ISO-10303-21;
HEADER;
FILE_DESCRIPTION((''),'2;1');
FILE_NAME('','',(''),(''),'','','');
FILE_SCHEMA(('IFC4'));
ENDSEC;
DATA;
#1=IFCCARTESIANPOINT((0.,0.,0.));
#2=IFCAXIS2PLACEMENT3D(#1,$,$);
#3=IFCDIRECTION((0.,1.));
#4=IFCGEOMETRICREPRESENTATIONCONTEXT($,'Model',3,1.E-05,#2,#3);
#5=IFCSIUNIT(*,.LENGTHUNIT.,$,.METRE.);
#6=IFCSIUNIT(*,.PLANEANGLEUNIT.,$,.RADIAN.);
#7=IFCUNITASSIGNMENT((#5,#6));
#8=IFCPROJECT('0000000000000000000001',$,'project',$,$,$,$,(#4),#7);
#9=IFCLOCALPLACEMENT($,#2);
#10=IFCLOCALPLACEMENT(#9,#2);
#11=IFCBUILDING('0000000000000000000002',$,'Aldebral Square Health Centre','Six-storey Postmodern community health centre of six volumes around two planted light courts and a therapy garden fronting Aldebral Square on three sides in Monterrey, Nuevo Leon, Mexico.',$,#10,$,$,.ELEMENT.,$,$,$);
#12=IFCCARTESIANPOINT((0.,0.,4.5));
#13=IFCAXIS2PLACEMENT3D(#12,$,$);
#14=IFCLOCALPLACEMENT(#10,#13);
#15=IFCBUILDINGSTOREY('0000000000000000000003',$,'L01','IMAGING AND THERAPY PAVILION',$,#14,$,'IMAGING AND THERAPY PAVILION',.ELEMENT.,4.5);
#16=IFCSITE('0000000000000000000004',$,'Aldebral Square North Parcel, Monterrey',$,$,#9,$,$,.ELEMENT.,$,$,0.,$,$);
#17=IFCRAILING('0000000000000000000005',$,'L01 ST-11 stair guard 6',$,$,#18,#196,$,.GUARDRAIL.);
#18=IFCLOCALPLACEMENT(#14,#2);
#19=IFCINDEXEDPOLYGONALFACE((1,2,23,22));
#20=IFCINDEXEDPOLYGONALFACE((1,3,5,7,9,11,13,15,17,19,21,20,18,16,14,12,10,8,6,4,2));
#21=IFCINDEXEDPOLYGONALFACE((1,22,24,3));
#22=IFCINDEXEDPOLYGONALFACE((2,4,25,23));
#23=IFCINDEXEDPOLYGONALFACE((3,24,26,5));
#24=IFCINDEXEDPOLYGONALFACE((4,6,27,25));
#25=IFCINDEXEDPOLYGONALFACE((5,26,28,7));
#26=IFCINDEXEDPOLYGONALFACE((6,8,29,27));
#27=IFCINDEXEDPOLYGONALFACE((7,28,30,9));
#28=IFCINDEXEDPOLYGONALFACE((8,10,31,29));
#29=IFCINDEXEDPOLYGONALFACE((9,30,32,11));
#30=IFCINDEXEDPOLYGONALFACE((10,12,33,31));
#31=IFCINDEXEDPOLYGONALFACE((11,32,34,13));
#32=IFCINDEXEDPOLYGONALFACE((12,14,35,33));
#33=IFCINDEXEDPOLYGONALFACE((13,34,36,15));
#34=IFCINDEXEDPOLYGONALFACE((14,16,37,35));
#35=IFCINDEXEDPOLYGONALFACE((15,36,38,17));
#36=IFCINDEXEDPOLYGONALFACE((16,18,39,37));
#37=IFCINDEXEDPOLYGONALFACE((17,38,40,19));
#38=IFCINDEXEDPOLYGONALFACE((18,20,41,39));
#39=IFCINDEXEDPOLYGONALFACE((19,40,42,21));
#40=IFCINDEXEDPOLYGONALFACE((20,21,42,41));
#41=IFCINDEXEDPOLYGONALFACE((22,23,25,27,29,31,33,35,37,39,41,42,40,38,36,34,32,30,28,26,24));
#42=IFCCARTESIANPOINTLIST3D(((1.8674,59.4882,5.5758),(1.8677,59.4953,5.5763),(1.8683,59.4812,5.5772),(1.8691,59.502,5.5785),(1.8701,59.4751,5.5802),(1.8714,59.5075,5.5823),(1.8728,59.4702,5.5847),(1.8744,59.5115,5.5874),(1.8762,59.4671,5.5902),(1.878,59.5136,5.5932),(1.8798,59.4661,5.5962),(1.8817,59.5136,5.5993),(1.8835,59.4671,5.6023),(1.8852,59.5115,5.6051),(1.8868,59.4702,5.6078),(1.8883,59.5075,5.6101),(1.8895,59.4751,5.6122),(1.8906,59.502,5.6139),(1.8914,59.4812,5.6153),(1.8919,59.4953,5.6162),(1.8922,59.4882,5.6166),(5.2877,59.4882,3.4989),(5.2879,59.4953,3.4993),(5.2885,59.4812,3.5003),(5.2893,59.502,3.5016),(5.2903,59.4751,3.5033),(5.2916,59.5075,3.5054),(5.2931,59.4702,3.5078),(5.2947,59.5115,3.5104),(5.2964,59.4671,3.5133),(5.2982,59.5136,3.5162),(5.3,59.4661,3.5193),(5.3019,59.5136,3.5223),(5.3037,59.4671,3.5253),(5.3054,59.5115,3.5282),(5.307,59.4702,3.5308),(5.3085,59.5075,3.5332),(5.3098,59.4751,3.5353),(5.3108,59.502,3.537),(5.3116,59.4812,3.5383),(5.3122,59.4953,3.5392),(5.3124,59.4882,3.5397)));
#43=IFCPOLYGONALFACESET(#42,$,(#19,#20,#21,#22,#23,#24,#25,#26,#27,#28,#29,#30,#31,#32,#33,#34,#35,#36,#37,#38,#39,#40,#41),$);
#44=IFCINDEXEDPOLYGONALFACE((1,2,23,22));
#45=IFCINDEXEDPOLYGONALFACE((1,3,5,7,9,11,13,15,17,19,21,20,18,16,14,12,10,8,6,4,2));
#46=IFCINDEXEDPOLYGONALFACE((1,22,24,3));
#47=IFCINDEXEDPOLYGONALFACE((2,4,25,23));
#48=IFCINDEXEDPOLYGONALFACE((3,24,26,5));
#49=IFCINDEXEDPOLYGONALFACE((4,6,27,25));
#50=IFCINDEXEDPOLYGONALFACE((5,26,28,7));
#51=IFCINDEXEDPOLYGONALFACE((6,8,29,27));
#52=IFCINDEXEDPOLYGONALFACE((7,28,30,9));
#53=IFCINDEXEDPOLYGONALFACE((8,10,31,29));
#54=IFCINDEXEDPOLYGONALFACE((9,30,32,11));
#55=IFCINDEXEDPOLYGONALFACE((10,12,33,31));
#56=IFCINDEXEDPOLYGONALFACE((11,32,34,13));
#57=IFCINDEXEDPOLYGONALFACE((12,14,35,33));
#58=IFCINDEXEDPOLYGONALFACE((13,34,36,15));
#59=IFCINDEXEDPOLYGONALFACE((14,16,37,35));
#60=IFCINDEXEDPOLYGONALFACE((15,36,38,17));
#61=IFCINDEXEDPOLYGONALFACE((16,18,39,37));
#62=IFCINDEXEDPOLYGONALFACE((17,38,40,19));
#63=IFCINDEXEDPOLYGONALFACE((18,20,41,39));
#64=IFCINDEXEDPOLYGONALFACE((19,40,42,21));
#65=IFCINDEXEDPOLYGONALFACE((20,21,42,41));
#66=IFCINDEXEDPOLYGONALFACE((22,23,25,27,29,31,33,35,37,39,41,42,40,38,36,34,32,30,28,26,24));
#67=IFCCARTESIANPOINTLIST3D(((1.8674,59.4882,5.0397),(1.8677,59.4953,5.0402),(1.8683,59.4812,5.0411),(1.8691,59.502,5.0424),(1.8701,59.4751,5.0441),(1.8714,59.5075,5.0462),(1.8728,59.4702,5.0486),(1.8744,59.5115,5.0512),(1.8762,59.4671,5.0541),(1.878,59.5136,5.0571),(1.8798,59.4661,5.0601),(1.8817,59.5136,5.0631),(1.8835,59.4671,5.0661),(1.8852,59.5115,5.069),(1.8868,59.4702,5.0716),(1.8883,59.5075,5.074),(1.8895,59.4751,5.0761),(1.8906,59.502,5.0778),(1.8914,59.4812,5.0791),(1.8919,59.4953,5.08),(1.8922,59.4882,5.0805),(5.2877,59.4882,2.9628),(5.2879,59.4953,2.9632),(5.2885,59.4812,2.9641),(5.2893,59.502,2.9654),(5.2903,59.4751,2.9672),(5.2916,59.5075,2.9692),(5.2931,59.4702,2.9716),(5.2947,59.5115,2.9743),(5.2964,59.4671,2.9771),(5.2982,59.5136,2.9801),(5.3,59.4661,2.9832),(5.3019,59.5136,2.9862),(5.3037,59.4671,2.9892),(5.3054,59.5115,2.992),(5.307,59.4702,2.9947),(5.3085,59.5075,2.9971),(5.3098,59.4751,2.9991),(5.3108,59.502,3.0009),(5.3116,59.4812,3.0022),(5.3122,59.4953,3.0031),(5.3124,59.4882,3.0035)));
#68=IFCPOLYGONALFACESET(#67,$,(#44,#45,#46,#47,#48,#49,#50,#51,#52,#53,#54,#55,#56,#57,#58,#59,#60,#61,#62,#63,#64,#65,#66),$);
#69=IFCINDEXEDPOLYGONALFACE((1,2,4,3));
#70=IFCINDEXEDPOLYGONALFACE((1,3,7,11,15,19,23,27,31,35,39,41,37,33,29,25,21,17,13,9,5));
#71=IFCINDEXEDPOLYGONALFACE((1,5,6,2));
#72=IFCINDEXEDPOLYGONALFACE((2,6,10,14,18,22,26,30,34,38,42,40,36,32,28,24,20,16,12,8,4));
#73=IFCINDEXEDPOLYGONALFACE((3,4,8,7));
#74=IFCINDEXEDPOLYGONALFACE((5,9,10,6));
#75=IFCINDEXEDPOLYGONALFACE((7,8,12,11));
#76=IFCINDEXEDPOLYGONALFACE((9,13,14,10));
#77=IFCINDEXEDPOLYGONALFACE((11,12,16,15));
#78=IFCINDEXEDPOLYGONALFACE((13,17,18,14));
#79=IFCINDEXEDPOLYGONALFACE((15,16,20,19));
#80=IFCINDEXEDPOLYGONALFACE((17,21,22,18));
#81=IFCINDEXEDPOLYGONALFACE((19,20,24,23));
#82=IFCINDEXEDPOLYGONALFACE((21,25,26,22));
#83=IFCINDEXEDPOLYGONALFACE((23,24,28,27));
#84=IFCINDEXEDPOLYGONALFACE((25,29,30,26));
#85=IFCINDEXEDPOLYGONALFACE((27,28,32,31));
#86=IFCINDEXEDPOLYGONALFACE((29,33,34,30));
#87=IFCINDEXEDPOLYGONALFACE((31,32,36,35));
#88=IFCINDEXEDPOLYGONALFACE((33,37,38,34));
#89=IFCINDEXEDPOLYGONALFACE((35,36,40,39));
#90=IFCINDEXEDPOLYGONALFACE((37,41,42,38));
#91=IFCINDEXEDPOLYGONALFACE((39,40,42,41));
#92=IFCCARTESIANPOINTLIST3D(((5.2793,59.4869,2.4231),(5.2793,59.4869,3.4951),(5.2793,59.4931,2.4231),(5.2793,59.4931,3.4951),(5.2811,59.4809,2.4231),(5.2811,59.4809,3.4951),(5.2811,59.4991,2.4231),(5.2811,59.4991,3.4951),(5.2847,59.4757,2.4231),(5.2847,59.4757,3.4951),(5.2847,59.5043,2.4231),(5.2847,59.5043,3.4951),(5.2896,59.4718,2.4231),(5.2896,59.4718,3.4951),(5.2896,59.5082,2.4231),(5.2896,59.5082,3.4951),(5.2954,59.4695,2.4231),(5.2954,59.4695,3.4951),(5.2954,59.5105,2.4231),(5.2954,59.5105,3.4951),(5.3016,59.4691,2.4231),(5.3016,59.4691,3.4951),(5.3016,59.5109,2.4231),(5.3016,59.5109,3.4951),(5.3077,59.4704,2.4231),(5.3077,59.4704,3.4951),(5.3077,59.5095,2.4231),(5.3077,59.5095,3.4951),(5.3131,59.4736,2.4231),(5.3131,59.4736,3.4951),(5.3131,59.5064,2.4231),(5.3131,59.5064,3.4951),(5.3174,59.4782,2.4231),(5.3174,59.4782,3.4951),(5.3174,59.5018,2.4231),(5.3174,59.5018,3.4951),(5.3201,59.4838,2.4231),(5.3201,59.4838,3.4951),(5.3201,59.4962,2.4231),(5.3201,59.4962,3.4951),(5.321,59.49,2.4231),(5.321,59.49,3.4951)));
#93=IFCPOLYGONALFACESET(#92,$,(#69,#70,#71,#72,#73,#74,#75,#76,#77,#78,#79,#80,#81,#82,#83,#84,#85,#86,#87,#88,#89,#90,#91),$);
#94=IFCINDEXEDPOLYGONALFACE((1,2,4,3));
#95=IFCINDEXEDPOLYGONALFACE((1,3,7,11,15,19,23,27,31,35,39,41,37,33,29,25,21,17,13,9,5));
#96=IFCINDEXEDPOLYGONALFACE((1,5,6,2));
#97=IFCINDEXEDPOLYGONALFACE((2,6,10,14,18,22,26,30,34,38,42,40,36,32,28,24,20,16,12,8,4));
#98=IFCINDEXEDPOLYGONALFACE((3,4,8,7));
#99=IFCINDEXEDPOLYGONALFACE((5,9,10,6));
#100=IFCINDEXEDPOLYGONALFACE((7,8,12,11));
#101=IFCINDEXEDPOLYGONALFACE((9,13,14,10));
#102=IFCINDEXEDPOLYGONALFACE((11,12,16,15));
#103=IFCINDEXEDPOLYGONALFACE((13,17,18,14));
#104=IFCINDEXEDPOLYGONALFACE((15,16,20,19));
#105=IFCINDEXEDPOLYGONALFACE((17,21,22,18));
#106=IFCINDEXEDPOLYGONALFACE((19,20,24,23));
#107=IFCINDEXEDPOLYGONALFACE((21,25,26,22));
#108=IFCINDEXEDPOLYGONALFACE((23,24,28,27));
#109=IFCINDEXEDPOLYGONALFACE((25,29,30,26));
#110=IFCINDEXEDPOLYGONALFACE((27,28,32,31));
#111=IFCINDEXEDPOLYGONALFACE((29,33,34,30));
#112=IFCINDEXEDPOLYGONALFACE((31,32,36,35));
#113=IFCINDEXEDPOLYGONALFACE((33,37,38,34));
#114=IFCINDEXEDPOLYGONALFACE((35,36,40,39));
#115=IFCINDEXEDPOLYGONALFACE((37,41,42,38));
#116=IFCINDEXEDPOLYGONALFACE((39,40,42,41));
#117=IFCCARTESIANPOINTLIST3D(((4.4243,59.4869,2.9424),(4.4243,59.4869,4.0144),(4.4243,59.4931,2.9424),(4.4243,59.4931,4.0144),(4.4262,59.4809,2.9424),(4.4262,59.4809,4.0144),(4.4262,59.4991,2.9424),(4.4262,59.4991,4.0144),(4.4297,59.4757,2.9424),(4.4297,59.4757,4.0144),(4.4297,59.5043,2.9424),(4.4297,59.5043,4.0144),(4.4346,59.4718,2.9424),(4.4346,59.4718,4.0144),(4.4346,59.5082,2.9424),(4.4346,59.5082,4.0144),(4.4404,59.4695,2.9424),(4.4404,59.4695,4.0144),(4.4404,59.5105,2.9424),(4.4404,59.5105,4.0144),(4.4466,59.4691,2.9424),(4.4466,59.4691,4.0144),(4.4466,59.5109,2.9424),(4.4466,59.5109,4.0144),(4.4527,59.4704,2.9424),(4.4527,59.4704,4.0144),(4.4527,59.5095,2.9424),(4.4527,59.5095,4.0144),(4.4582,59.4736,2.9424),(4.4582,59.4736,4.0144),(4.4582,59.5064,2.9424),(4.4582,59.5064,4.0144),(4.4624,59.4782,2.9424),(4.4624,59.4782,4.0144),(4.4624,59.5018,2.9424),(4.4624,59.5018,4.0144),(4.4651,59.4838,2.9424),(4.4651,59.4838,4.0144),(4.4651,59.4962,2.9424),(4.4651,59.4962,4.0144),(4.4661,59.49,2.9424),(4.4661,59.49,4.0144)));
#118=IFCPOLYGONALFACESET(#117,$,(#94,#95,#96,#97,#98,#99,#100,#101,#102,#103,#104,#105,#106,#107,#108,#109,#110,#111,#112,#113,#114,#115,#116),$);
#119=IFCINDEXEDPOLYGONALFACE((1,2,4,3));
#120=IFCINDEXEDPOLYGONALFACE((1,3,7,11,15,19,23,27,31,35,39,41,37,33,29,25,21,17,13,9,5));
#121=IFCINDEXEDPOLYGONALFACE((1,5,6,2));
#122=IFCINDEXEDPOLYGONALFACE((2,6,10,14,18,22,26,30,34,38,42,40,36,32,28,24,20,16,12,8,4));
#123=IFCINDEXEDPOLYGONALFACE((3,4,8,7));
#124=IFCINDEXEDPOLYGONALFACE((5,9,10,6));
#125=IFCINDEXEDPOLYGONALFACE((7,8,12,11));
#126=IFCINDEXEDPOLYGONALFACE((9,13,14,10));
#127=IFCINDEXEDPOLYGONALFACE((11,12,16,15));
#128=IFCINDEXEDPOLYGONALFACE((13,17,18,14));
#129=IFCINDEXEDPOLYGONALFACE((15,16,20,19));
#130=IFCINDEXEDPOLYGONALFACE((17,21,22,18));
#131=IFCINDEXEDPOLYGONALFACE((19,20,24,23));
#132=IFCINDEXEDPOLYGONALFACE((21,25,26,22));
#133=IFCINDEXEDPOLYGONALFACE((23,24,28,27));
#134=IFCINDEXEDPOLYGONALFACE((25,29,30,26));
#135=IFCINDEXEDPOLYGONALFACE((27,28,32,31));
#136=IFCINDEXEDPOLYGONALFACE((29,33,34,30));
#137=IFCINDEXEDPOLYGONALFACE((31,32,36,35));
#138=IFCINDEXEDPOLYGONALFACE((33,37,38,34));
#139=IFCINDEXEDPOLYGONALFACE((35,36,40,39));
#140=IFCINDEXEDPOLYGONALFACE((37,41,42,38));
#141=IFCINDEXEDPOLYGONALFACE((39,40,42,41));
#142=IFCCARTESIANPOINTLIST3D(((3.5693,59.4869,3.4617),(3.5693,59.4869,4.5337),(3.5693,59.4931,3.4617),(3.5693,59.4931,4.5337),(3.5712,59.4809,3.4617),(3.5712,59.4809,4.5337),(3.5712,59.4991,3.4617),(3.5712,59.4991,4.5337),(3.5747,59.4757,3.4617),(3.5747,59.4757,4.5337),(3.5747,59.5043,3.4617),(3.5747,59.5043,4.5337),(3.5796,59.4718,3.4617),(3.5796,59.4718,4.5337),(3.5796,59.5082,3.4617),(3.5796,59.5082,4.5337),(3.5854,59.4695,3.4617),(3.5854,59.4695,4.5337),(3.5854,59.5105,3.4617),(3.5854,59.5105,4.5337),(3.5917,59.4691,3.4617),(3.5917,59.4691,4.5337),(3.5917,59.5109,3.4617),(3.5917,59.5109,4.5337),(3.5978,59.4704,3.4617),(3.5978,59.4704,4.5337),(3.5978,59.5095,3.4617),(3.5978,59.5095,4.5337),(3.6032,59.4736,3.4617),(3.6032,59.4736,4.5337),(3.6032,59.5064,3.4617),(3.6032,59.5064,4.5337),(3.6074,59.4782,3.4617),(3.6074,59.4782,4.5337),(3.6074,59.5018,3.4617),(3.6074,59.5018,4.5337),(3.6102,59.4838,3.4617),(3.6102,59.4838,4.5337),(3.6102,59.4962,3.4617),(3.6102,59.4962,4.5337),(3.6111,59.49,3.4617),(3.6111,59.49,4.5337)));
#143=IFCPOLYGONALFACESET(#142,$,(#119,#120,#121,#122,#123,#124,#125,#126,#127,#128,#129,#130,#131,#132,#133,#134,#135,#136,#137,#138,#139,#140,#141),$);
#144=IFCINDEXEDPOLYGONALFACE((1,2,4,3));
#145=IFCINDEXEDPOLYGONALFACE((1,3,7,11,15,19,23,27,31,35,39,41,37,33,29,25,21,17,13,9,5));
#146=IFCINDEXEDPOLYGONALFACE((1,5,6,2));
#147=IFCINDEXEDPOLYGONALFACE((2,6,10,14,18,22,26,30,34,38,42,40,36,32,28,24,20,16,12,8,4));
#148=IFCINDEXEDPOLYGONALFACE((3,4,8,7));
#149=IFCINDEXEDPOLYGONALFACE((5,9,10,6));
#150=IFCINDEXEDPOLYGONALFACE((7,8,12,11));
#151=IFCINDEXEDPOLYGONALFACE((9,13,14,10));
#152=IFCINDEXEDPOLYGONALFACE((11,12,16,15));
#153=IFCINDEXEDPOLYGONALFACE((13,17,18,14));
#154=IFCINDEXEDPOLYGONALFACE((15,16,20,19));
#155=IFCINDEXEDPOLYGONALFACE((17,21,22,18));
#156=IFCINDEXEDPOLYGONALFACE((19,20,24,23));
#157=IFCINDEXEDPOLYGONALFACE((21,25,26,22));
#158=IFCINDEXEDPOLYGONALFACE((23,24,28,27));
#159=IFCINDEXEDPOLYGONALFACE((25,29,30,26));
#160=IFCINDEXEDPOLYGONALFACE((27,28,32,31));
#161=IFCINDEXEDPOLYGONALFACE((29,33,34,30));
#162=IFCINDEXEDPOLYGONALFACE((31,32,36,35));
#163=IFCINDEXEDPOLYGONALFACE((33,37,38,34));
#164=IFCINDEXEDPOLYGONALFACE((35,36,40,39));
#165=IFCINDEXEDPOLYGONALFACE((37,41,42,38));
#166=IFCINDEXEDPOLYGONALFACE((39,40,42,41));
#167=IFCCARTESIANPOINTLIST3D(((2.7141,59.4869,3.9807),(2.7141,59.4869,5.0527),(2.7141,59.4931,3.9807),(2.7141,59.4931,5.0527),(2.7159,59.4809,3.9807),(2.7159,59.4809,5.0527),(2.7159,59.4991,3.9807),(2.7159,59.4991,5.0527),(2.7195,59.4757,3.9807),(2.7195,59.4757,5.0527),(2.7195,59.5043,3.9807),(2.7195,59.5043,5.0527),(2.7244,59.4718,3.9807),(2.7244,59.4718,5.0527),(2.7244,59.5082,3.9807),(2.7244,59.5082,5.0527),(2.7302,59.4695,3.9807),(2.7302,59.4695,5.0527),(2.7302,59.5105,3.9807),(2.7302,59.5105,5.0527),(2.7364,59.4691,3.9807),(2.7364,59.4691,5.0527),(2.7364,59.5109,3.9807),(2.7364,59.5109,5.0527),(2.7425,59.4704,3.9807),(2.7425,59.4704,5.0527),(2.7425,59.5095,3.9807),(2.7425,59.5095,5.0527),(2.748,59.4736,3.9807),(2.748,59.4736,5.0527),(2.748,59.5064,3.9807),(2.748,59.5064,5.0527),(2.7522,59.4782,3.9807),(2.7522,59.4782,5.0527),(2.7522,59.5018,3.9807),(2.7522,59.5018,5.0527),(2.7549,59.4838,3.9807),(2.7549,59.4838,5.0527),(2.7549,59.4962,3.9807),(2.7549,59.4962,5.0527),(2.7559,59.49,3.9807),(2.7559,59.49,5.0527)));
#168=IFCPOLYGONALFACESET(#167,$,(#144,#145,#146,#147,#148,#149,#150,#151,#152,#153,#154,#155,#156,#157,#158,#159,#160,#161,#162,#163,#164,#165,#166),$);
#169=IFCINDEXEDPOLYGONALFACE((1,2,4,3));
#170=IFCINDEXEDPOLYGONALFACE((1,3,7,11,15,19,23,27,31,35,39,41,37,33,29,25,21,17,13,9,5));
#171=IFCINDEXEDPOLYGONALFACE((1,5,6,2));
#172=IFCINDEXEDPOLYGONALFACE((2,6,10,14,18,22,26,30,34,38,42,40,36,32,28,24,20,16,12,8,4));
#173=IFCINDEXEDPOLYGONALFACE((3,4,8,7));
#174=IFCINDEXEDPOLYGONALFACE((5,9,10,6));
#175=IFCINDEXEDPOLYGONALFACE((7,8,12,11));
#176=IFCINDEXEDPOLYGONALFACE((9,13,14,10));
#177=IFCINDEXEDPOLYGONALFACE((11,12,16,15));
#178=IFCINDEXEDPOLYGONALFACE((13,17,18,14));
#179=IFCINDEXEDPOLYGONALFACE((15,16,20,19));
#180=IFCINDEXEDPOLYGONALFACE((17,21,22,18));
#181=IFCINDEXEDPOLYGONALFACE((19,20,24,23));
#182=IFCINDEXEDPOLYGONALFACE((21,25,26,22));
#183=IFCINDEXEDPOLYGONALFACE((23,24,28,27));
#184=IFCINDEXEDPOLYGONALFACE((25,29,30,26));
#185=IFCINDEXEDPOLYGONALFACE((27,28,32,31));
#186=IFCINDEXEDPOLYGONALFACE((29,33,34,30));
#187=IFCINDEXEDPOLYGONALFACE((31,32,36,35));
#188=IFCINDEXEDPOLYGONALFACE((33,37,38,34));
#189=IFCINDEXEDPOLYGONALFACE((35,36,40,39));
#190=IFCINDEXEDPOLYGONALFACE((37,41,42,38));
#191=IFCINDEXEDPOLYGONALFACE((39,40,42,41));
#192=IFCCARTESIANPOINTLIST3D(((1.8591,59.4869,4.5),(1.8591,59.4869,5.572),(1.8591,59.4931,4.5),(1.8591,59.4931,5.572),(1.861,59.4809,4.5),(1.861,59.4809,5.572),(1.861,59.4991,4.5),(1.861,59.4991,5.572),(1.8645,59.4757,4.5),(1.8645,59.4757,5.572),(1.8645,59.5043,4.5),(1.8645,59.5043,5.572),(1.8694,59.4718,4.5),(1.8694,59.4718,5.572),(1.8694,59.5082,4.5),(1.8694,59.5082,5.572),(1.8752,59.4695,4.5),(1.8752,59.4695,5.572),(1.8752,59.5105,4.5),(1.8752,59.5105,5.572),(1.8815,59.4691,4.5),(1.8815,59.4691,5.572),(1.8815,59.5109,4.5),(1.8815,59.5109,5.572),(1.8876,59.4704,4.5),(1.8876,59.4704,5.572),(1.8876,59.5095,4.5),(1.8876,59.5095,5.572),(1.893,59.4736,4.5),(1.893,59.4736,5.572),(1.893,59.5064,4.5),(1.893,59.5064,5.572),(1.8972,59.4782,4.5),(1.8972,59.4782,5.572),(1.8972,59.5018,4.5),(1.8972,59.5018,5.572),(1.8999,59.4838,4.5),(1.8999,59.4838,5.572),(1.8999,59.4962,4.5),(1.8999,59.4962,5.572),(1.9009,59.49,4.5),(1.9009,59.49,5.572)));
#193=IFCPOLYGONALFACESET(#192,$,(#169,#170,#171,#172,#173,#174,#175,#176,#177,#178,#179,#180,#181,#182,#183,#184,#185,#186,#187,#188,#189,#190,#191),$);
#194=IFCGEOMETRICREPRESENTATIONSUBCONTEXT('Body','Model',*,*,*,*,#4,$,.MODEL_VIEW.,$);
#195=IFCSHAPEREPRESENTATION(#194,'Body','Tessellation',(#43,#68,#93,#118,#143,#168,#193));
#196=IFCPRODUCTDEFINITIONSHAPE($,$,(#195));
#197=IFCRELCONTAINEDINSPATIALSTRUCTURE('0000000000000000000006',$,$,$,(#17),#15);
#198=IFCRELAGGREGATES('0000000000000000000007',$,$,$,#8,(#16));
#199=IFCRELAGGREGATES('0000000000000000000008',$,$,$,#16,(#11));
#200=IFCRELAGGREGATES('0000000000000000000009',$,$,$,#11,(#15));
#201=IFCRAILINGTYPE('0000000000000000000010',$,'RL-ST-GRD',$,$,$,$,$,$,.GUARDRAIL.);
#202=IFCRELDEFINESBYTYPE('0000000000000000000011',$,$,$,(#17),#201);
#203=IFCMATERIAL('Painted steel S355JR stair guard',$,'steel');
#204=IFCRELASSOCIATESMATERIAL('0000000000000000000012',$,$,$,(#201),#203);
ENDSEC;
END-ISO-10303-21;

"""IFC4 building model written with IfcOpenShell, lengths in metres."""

from ifc_helpers import new_model, si_unit, direction, frame, origin, origin_2d, place, context, subcontext, project, spatial, circle, extrude, material, type_object, element, save


model = new_model("IFC4")

# Units and contexts
model_context = context("Model", 3, precision=1e-05, world=origin(), true_north=direction((0.0, 1.0)))
body_context = subcontext(model_context, "Body", "Model", "MODEL_VIEW")
ifc_project = project(units=[si_unit("LENGTHUNIT", "METRE"), si_unit("PLANEANGLEUNIT", "RADIAN")], contexts=[model_context])

# Site, building, storey
site_placement = place(None, origin())
site = spatial("IfcSite", under=ifc_project, at=site_placement, Name="Aldebral Square North Parcel, Monterrey", CompositionType="ELEMENT", RefElevation=0.0)
building_placement = place(site_placement, origin())
building = spatial("IfcBuilding", under=site, at=building_placement, Name="Aldebral Square Health Centre", Description="Six-storey Postmodern community health centre of six volumes around two planted light courts and a therapy garden fronting Aldebral Square on three sides in Monterrey, Nuevo Leon, Mexico.", CompositionType="ELEMENT")
storey_placement = place(building_placement, frame((0.0, 0.0, 4.5)))
storey = spatial("IfcBuildingStorey", under=building, at=storey_placement, Name="L01", Description="IMAGING AND THERAPY PAVILION", LongName="IMAGING AND THERAPY PAVILION", CompositionType="ELEMENT", Elevation=4.5)

# Railing
ifc_material_1 = material(Name="Painted steel S355JR stair guard", Category="steel")
railing_type_1 = type_object("IfcRailingType", Name="RL-ST-GRD", PredefinedType="GUARDRAIL", material=ifc_material_1)
railing_1_placement = place(storey_placement, frame((5.3, 59.49, 2.4231)))
element("IfcRailing", 1, at=railing_1_placement, inside=storey, type_object=railing_type_1, Name="L01 ST-11 stair guard 6", PredefinedType="GUARDRAIL", context=body_context, shape_type="SweptSolid", body=[
    extrude(circle(Radius=0.0239, at=origin_2d()), frame((0.0, 0.0, 1.0962), z_axis=(-0.854746, 0.0, 0.519047), x_axis=(0.0, -1.0, 0.0)), (0.0, 0.0, 1.0), 4.0015),
    extrude(circle(Radius=0.0239, at=origin_2d()), frame((0.0, 0.0, 0.5601), z_axis=(-0.854746, 0.0, 0.519047), x_axis=(0.0, -1.0, 0.0)), (0.0, 0.0, 1.0), 4.0015),
    extrude(circle(Radius=0.021, at=origin_2d()), origin(), (0.0, 0.0, 1.0), 1.072),
    extrude(circle(Radius=0.021, at=origin_2d()), frame((-0.855, 0.0, 0.5193)), (0.0, 0.0, 1.0), 1.072),
    extrude(circle(Radius=0.021, at=origin_2d()), frame((-1.71, 0.0, 1.0386)), (0.0, 0.0, 1.0), 1.072),
    extrude(circle(Radius=0.021, at=origin_2d()), frame((-2.5652, 0.0, 1.5576)), (0.0, 0.0, 1.0), 1.072),
    extrude(circle(Radius=0.021, at=origin_2d()), frame((-3.4202, 0.0, 2.0769)), (0.0, 0.0, 1.0), 1.072),
])

save(model, "model.ifc")
